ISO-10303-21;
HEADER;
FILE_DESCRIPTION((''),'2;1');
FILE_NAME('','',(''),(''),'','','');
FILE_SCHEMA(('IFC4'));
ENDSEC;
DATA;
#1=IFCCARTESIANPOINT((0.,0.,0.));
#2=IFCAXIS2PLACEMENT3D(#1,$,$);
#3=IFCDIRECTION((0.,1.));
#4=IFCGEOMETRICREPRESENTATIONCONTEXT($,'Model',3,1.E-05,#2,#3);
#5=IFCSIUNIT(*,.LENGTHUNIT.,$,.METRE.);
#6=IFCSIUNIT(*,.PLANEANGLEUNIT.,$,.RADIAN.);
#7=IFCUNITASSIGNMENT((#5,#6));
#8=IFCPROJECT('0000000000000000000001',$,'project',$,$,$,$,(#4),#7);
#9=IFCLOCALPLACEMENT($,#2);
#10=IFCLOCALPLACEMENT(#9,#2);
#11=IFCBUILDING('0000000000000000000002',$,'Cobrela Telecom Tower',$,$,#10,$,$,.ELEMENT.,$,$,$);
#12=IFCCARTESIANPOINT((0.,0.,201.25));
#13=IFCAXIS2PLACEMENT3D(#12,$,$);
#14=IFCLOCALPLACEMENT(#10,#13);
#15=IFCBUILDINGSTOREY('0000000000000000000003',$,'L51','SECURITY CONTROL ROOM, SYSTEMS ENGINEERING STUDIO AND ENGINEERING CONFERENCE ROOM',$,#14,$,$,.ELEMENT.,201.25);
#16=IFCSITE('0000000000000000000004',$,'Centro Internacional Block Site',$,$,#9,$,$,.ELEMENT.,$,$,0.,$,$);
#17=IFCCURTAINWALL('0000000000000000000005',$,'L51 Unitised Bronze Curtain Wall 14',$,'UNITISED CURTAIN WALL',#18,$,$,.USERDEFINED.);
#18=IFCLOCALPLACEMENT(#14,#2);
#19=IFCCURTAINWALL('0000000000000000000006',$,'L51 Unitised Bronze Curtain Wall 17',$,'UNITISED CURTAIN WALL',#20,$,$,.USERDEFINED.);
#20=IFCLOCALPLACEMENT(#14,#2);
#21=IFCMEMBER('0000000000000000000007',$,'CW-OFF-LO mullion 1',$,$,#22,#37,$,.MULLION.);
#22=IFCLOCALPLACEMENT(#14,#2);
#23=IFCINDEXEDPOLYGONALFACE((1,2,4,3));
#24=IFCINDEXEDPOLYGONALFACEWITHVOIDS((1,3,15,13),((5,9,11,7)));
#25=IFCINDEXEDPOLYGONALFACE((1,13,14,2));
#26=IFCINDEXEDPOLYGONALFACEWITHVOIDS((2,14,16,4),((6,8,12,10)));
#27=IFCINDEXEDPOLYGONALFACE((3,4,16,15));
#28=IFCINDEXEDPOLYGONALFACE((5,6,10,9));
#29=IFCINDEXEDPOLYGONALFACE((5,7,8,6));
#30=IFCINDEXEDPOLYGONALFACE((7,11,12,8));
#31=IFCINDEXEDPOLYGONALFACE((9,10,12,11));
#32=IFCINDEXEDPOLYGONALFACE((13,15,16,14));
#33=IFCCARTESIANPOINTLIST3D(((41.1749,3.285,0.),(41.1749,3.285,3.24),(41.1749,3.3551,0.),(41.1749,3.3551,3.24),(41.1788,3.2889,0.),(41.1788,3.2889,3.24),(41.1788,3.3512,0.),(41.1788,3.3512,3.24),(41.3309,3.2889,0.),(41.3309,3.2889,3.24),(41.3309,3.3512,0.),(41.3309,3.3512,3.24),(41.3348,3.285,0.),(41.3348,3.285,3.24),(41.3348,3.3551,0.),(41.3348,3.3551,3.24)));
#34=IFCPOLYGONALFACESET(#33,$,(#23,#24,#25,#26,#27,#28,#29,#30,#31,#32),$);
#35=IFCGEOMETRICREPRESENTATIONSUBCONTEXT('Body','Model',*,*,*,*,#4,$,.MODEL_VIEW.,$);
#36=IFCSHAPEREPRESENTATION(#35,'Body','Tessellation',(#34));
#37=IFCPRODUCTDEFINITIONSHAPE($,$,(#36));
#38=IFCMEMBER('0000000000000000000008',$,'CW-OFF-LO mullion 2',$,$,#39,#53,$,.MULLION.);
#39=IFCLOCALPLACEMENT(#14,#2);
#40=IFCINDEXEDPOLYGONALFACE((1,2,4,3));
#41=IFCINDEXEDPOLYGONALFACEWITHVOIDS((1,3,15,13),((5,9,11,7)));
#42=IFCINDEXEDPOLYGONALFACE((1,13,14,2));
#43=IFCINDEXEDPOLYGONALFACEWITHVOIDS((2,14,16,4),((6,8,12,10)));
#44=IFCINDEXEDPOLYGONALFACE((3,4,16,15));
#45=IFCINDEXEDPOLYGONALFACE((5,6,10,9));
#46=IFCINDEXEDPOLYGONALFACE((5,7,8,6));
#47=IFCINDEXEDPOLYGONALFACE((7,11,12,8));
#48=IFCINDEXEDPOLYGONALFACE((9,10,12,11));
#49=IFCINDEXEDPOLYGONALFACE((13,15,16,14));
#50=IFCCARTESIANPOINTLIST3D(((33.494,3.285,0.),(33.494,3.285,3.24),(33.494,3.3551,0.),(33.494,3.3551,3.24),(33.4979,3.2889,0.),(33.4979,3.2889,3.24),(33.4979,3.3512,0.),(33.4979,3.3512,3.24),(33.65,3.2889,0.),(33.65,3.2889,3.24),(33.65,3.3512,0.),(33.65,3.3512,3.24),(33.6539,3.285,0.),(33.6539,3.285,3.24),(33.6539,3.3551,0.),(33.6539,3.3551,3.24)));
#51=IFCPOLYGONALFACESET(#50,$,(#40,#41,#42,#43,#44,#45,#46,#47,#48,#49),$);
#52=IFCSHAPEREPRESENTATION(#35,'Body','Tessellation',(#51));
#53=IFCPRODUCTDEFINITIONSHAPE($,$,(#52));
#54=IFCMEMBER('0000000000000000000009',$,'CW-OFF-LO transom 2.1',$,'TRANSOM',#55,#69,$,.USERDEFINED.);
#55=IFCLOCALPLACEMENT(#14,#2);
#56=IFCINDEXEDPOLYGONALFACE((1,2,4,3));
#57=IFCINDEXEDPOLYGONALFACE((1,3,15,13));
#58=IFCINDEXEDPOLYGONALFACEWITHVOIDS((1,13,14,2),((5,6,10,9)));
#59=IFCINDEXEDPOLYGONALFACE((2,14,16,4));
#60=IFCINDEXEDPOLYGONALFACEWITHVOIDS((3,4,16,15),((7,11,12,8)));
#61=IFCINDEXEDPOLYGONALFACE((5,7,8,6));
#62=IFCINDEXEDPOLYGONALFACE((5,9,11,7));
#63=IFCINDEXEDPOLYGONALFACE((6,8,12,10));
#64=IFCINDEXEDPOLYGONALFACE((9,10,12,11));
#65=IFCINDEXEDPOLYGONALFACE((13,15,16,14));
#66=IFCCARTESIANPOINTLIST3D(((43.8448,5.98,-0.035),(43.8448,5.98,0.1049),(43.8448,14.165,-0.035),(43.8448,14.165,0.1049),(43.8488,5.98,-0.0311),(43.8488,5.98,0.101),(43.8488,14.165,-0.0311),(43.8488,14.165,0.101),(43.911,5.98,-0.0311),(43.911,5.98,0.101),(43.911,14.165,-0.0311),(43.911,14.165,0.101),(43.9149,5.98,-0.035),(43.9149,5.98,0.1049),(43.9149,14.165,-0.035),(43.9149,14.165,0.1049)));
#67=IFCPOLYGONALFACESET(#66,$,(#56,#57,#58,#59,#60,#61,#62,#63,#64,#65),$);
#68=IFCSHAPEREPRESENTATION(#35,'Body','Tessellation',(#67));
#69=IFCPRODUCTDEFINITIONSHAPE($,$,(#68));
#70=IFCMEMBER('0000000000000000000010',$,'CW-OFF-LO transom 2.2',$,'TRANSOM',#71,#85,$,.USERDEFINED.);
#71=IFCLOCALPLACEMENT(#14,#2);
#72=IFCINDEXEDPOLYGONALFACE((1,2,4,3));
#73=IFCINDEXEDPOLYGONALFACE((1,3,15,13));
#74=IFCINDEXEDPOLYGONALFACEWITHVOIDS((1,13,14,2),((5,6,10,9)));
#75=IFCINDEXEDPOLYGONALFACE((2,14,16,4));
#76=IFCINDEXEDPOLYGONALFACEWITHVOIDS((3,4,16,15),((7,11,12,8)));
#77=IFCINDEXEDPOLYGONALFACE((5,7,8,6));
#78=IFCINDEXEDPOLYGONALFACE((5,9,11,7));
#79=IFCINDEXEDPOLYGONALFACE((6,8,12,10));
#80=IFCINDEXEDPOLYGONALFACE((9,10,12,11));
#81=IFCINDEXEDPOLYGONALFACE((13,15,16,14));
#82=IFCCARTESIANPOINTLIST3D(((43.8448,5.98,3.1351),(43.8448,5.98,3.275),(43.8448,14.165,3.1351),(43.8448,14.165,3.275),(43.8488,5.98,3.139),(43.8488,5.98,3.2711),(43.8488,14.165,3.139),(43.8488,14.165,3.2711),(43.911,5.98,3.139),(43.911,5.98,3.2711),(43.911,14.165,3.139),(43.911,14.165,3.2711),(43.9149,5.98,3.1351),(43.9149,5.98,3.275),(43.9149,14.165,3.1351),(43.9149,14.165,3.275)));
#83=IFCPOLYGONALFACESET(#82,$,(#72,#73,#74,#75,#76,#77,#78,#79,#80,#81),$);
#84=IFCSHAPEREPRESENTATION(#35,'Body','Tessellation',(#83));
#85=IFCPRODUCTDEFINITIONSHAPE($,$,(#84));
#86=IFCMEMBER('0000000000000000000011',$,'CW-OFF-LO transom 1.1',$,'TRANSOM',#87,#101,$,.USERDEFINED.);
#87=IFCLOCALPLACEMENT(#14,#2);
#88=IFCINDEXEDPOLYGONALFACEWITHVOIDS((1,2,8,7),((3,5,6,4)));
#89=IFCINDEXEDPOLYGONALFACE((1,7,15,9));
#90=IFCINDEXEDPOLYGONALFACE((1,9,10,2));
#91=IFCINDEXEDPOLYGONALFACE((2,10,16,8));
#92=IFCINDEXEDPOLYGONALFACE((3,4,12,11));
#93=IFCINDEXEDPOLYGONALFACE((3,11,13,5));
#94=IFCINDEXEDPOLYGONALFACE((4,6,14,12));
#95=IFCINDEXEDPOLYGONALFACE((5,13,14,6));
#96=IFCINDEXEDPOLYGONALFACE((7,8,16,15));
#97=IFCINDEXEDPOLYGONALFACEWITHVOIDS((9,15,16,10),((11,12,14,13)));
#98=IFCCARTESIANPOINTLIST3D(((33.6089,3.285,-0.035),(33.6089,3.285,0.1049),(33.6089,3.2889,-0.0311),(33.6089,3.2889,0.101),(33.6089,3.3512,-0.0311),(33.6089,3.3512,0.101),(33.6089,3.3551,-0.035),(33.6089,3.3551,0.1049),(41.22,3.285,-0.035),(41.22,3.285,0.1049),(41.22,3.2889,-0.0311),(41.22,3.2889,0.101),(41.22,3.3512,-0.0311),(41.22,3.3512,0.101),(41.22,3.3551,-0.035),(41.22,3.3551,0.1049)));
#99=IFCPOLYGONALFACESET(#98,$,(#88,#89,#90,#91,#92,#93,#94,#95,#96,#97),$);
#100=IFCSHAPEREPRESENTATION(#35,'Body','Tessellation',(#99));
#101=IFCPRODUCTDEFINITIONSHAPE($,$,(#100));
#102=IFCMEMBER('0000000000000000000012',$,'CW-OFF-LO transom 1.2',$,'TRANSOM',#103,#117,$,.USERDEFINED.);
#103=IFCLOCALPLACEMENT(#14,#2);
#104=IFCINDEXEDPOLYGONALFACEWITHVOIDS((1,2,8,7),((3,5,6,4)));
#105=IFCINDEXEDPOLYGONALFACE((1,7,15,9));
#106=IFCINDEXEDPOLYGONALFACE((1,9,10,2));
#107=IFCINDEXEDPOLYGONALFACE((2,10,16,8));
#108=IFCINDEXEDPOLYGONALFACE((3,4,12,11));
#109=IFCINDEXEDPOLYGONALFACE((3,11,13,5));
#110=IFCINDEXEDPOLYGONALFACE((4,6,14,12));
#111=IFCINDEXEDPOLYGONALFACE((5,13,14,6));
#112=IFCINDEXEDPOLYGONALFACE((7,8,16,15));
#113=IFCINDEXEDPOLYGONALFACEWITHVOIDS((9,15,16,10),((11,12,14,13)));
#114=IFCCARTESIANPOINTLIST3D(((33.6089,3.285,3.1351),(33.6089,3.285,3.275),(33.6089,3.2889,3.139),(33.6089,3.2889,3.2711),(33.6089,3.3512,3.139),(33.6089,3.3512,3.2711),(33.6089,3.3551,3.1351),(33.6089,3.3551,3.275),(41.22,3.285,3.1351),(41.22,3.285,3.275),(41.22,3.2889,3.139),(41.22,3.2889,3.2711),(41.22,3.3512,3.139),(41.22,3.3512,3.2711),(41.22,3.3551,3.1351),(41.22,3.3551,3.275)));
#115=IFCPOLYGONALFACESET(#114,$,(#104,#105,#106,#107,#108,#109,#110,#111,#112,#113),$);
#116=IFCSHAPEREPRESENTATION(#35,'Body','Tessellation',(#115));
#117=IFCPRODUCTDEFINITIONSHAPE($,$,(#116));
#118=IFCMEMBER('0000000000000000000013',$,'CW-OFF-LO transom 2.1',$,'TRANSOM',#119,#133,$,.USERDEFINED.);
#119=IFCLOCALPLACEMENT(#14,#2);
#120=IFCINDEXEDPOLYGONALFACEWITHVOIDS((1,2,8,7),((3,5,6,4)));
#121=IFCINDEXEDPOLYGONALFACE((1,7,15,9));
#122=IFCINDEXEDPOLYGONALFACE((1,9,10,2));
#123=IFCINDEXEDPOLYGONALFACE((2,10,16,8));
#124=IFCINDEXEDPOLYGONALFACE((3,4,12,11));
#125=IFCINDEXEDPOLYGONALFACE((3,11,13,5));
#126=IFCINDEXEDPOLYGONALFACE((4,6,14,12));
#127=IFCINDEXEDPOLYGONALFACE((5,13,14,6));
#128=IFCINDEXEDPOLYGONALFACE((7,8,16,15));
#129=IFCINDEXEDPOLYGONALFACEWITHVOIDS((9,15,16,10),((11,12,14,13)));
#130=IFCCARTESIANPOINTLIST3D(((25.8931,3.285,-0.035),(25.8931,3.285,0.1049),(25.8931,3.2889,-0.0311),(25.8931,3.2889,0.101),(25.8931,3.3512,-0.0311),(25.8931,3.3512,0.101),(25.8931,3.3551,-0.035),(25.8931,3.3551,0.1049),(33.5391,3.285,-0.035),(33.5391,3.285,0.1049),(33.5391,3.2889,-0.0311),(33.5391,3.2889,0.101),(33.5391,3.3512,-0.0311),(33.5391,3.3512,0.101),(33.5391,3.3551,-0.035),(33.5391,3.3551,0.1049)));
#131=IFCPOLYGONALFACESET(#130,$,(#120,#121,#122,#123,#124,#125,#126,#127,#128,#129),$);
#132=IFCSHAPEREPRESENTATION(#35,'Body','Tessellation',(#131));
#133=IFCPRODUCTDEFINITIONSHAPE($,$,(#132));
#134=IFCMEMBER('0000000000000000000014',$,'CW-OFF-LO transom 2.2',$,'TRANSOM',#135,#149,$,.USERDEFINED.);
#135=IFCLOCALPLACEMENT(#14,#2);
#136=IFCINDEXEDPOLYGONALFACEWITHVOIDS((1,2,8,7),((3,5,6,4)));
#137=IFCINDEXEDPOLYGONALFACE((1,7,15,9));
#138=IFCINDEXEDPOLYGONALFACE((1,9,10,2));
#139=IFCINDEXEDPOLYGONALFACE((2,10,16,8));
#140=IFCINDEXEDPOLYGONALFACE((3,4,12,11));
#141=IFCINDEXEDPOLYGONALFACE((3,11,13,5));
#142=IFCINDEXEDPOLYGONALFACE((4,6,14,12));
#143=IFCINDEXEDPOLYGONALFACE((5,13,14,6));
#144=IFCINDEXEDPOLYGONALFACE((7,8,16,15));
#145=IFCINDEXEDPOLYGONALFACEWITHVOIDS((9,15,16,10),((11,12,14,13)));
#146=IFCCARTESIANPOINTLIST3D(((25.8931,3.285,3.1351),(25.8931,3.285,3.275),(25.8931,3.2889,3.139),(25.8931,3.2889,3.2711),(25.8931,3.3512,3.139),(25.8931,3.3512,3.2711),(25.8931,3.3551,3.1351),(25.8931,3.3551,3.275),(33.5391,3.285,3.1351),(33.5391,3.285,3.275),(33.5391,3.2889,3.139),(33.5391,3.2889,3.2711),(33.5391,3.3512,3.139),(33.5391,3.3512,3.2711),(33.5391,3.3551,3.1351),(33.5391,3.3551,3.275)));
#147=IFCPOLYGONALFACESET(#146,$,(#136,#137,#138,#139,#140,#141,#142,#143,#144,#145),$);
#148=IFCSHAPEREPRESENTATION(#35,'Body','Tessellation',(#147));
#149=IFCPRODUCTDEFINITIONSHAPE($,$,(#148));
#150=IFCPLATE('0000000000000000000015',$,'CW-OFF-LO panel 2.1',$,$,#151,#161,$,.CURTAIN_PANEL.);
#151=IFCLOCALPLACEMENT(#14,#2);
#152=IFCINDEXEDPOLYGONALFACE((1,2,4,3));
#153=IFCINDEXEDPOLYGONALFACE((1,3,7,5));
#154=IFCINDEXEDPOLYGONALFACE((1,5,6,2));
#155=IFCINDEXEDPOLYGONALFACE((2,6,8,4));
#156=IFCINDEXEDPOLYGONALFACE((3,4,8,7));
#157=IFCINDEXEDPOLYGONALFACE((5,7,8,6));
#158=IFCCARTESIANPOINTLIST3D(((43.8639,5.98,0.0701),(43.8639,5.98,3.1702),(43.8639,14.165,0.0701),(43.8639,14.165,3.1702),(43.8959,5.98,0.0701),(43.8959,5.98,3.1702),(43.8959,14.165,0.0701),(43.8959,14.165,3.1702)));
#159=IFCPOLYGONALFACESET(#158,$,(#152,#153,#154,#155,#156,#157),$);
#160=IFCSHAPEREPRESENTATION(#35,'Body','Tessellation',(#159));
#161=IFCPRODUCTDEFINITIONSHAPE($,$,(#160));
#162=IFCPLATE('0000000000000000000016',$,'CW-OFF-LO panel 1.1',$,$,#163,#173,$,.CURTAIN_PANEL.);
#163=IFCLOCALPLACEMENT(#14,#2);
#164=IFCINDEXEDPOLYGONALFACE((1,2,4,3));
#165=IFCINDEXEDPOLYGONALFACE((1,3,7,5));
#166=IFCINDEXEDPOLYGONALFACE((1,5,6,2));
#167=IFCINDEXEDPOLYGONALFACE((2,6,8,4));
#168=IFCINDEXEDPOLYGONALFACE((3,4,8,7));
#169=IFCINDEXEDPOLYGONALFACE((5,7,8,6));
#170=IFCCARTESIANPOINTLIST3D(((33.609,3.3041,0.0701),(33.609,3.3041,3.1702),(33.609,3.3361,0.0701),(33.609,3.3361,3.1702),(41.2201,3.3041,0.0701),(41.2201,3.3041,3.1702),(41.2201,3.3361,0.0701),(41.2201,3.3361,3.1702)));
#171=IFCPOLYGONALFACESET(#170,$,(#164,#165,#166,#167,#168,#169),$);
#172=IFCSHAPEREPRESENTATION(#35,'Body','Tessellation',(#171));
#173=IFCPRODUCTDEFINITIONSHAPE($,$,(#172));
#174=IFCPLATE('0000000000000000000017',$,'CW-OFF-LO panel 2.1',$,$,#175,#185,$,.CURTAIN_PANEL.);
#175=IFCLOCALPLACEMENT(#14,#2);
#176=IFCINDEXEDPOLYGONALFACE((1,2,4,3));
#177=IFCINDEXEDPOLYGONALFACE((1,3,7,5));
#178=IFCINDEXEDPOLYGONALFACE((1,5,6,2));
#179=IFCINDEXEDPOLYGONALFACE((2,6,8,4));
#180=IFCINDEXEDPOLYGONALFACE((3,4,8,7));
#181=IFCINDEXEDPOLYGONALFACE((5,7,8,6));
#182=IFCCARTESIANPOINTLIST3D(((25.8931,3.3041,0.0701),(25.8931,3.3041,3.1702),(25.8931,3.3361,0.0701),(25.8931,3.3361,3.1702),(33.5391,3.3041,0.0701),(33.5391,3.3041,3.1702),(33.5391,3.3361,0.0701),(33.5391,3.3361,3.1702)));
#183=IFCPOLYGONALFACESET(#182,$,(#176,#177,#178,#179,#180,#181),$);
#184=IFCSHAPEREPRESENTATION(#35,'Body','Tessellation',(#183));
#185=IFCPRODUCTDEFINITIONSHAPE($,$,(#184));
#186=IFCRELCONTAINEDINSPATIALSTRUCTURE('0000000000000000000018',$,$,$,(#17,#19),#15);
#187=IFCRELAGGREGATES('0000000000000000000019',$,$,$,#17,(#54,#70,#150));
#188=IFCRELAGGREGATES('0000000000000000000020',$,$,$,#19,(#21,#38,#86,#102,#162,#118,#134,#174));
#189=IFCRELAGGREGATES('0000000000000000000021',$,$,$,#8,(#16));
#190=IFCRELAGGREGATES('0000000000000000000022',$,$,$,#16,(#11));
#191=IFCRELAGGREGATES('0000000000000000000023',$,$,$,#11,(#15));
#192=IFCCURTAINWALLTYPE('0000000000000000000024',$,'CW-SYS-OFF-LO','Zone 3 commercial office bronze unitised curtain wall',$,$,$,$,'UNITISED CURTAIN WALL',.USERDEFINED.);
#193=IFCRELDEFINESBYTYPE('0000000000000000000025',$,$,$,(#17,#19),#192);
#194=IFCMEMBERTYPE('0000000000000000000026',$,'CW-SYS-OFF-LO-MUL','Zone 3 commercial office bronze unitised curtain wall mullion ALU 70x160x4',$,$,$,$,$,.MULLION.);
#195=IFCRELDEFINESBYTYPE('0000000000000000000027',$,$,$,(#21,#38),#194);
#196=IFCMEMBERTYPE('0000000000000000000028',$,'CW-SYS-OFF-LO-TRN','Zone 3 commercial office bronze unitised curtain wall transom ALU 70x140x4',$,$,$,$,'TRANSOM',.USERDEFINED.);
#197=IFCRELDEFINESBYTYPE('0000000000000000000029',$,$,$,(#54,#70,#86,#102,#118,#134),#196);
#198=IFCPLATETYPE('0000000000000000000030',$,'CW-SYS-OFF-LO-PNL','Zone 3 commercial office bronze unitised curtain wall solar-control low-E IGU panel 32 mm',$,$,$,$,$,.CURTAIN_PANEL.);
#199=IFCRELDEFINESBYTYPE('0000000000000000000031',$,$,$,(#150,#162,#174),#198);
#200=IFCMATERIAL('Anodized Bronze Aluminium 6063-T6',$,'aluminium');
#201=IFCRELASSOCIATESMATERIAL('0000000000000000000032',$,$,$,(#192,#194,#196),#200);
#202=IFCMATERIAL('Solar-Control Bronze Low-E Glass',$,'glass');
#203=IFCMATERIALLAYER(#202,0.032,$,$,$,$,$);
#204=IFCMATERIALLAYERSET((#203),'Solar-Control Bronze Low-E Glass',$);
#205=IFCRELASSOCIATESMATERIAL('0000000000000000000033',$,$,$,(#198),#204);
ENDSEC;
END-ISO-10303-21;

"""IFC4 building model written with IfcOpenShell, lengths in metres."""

from ifc_helpers import new_model, si_unit, direction, frame, origin, origin_2d, place, context, subcontext, project, spatial, rectangle, hollow_rectangle, extrude, material, layer, layer_set, material_profile, profile_set, type_object, element, aggregate, save


model = new_model("IFC4")

# Units and contexts
model_context = context("Model", 3, precision=1e-05, world=origin(), true_north=direction((0.0, 1.0)))
body_context = subcontext(model_context, "Body", "Model", "MODEL_VIEW")
ifc_project = project(units=[si_unit("LENGTHUNIT", "METRE"), si_unit("PLANEANGLEUNIT", "RADIAN")], contexts=[model_context])

# Site, building, storey
site_placement = place(None, origin())
site = spatial("IfcSite", under=ifc_project, at=site_placement, Name="Centro Internacional Block Site", CompositionType="ELEMENT", RefElevation=0.0)
building_placement = place(site_placement, origin())
building = spatial("IfcBuilding", under=site, at=building_placement, Name="Cobrela Telecom Tower", CompositionType="ELEMENT")
storey_placement = place(building_placement, frame((0.0, 0.0, 201.25)))
storey = spatial("IfcBuildingStorey", under=building, at=storey_placement, Name="L51", Description="SECURITY CONTROL ROOM, SYSTEMS ENGINEERING STUDIO AND ENGINEERING CONFERENCE ROOM", CompositionType="ELEMENT", Elevation=201.25)

# Curtain walls, members
ifc_material_1 = material(Name="Anodized Bronze Aluminium 6063-T6", Category="aluminium")
curtain_wall_type = type_object("IfcCurtainWallType", Name="CW-SYS-OFF-LO", Description="Zone 3 commercial office bronze unitised curtain wall", ElementType="UNITISED CURTAIN WALL", PredefinedType="USERDEFINED", material=ifc_material_1)
curtain_wall_1_placement = place(storey_placement, origin())
curtain_wall_1 = element("IfcCurtainWall", 1, at=curtain_wall_1_placement, inside=storey, type_object=curtain_wall_type, Name="L51 Unitised Bronze Curtain Wall 14", ObjectType="UNITISED CURTAIN WALL", PredefinedType="USERDEFINED")
ifc_material_profile_1 = material_profile(ifc_material_1, hollow_rectangle(XDim=0.0701, YDim=0.1599, WallThickness=0.0039, at=origin_2d()), Name="ALU 70x160x4")
ifc_profile_set_1 = profile_set([ifc_material_profile_1], Name="Anodized Bronze Aluminium 6063-T6")
member_type_1 = type_object("IfcMemberType", Name="CW-SYS-OFF-LO-MUL", Description="Zone 3 commercial office bronze unitised curtain wall mullion ALU 70x160x4", PredefinedType="MULLION", material=ifc_profile_set_1)
curtain_wall_2_placement = place(storey_placement, origin())
curtain_wall_2 = element("IfcCurtainWall", 2, at=curtain_wall_2_placement, inside=storey, type_object=curtain_wall_type, Name="L51 Unitised Bronze Curtain Wall 17", ObjectType="UNITISED CURTAIN WALL", PredefinedType="USERDEFINED")
member_1_placement = place(storey_placement, frame((41.2549, 3.3201, 0.0), z_axis=(0.0, 0.0, 1.0), x_axis=(0.0, -1.0, 0.0)))
member_1 = element("IfcMember", 3, at=member_1_placement, type_object=member_type_1, Name="CW-OFF-LO mullion 1", PredefinedType="MULLION", context=body_context, shape_type="SweptSolid", body=[
    extrude(hollow_rectangle(XDim=0.0701, YDim=0.1599, WallThickness=0.0039, at=origin_2d()), origin(), (0.0, 0.0, 1.0), 3.24),
])
member_2_placement = place(storey_placement, frame((33.574, 3.3201, 0.0), z_axis=(0.0, 0.0, 1.0), x_axis=(0.0, -1.0, 0.0)))
member_2 = element("IfcMember", 4, at=member_2_placement, type_object=member_type_1, Name="CW-OFF-LO mullion 2", PredefinedType="MULLION", context=body_context, shape_type="SweptSolid", body=[
    extrude(hollow_rectangle(XDim=0.0701, YDim=0.1599, WallThickness=0.0039, at=origin_2d()), origin(), (0.0, 0.0, 1.0), 3.24),
])

# Members
ifc_material_profile_2 = material_profile(ifc_material_1, hollow_rectangle(XDim=0.0701, YDim=0.1399, WallThickness=0.0039, at=origin_2d()), Name="ALU 70x140x4")
ifc_profile_set_2 = profile_set([ifc_material_profile_2], Name="Anodized Bronze Aluminium 6063-T6")
member_type_2 = type_object("IfcMemberType", Name="CW-SYS-OFF-LO-TRN", Description="Zone 3 commercial office bronze unitised curtain wall transom ALU 70x140x4", ElementType="TRANSOM", PredefinedType="USERDEFINED", material=ifc_profile_set_2)
member_3_placement = place(storey_placement, frame((43.8799, 14.165, 0.0349), z_axis=(0.0, -1.0, 0.0), x_axis=(1.0, 0.0, 0.0)))
member_3 = element("IfcMember", 5, at=member_3_placement, type_object=member_type_2, Name="CW-OFF-LO transom 2.1", ObjectType="TRANSOM", PredefinedType="USERDEFINED", context=body_context, shape_type="SweptSolid", body=[
    extrude(hollow_rectangle(XDim=0.0701, YDim=0.1399, WallThickness=0.0039, at=origin_2d()), origin(), (0.0, 0.0, 1.0), 8.1851),
])
member_4_placement = place(storey_placement, frame((43.8799, 14.165, 3.2051), z_axis=(0.0, -1.0, 0.0), x_axis=(1.0, 0.0, 0.0)))
member_4 = element("IfcMember", 6, at=member_4_placement, type_object=member_type_2, Name="CW-OFF-LO transom 2.2", ObjectType="TRANSOM", PredefinedType="USERDEFINED", context=body_context, shape_type="SweptSolid", body=[
    extrude(hollow_rectangle(XDim=0.0701, YDim=0.1399, WallThickness=0.0039, at=origin_2d()), origin(), (0.0, 0.0, 1.0), 8.1851),
])
member_5_placement = place(storey_placement, frame((41.22, 3.3201, 0.0349), z_axis=(-1.0, 0.0, 0.0), x_axis=(0.0, -1.0, 0.0)))
member_5 = element("IfcMember", 7, at=member_5_placement, type_object=member_type_2, Name="CW-OFF-LO transom 1.1", ObjectType="TRANSOM", PredefinedType="USERDEFINED", context=body_context, shape_type="SweptSolid", body=[
    extrude(hollow_rectangle(XDim=0.0701, YDim=0.1399, WallThickness=0.0039, at=origin_2d()), origin(), (0.0, 0.0, 1.0), 7.6111),
])
member_6_placement = place(storey_placement, frame((41.22, 3.3201, 3.2051), z_axis=(-1.0, 0.0, 0.0), x_axis=(0.0, -1.0, 0.0)))
member_6 = element("IfcMember", 8, at=member_6_placement, type_object=member_type_2, Name="CW-OFF-LO transom 1.2", ObjectType="TRANSOM", PredefinedType="USERDEFINED", context=body_context, shape_type="SweptSolid", body=[
    extrude(hollow_rectangle(XDim=0.0701, YDim=0.1399, WallThickness=0.0039, at=origin_2d()), origin(), (0.0, 0.0, 1.0), 7.6111),
])
member_7_placement = place(storey_placement, frame((33.5391, 3.3201, 0.0349), z_axis=(-1.0, 0.0, 0.0), x_axis=(0.0, -1.0, 0.0)))
member_7 = element("IfcMember", 9, at=member_7_placement, type_object=member_type_2, Name="CW-OFF-LO transom 2.1", ObjectType="TRANSOM", PredefinedType="USERDEFINED", context=body_context, shape_type="SweptSolid", body=[
    extrude(hollow_rectangle(XDim=0.0701, YDim=0.1399, WallThickness=0.0039, at=origin_2d()), origin(), (0.0, 0.0, 1.0), 7.646),
])
member_8_placement = place(storey_placement, frame((33.5391, 3.3201, 3.2051), z_axis=(-1.0, 0.0, 0.0), x_axis=(0.0, -1.0, 0.0)))
member_8 = element("IfcMember", 10, at=member_8_placement, type_object=member_type_2, Name="CW-OFF-LO transom 2.2", ObjectType="TRANSOM", PredefinedType="USERDEFINED", context=body_context, shape_type="SweptSolid", body=[
    extrude(hollow_rectangle(XDim=0.0701, YDim=0.1399, WallThickness=0.0039, at=origin_2d()), origin(), (0.0, 0.0, 1.0), 7.646),
])

# Plates
ifc_material_2 = material(Name="Solar-Control Bronze Low-E Glass", Category="glass")
ifc_layer_1 = layer(ifc_material_2, 0.032)
ifc_layer_set_1 = layer_set([ifc_layer_1], Name="Solar-Control Bronze Low-E Glass")
plate_type = type_object("IfcPlateType", Name="CW-SYS-OFF-LO-PNL", Description="Zone 3 commercial office bronze unitised curtain wall solar-control low-E IGU panel 32 mm", PredefinedType="CURTAIN_PANEL", material=ifc_layer_set_1)
plate_1_placement = place(storey_placement, frame((43.8799, 10.0725, 0.0701), z_axis=(0.0, 0.0, 1.0), x_axis=(0.0, -1.0, 0.0)))
plate_1 = element("IfcPlate", 11, at=plate_1_placement, type_object=plate_type, Name="CW-OFF-LO panel 2.1", PredefinedType="CURTAIN_PANEL", context=body_context, shape_type="SweptSolid", body=[
    extrude(rectangle(XDim=8.1851, YDim=0.032, at=origin_2d()), origin(), (0.0, 0.0, 1.0), 3.1001),
])
aggregate(curtain_wall_1, [member_3, member_4, plate_1])
plate_2_placement = place(storey_placement, frame((37.4146, 3.3201, 0.0701), z_axis=(0.0, 0.0, 1.0), x_axis=(-1.0, 0.0, 0.0)))
plate_2 = element("IfcPlate", 12, at=plate_2_placement, type_object=plate_type, Name="CW-OFF-LO panel 1.1", PredefinedType="CURTAIN_PANEL", context=body_context, shape_type="SweptSolid", body=[
    extrude(rectangle(XDim=7.6111, YDim=0.032, at=origin_2d()), origin(), (0.0, 0.0, 1.0), 3.1001),
])
plate_3_placement = place(storey_placement, frame((29.7161, 3.3201, 0.0701), z_axis=(0.0, 0.0, 1.0), x_axis=(-1.0, 0.0, 0.0)))
plate_3 = element("IfcPlate", 13, at=plate_3_placement, type_object=plate_type, Name="CW-OFF-LO panel 2.1", PredefinedType="CURTAIN_PANEL", context=body_context, shape_type="SweptSolid", body=[
    extrude(rectangle(XDim=7.646, YDim=0.032, at=origin_2d()), origin(), (0.0, 0.0, 1.0), 3.1001),
])
aggregate(curtain_wall_2, [member_1, member_2, member_5, member_6, plate_2, member_7, member_8, plate_3])

save(model, "model.ifc")
